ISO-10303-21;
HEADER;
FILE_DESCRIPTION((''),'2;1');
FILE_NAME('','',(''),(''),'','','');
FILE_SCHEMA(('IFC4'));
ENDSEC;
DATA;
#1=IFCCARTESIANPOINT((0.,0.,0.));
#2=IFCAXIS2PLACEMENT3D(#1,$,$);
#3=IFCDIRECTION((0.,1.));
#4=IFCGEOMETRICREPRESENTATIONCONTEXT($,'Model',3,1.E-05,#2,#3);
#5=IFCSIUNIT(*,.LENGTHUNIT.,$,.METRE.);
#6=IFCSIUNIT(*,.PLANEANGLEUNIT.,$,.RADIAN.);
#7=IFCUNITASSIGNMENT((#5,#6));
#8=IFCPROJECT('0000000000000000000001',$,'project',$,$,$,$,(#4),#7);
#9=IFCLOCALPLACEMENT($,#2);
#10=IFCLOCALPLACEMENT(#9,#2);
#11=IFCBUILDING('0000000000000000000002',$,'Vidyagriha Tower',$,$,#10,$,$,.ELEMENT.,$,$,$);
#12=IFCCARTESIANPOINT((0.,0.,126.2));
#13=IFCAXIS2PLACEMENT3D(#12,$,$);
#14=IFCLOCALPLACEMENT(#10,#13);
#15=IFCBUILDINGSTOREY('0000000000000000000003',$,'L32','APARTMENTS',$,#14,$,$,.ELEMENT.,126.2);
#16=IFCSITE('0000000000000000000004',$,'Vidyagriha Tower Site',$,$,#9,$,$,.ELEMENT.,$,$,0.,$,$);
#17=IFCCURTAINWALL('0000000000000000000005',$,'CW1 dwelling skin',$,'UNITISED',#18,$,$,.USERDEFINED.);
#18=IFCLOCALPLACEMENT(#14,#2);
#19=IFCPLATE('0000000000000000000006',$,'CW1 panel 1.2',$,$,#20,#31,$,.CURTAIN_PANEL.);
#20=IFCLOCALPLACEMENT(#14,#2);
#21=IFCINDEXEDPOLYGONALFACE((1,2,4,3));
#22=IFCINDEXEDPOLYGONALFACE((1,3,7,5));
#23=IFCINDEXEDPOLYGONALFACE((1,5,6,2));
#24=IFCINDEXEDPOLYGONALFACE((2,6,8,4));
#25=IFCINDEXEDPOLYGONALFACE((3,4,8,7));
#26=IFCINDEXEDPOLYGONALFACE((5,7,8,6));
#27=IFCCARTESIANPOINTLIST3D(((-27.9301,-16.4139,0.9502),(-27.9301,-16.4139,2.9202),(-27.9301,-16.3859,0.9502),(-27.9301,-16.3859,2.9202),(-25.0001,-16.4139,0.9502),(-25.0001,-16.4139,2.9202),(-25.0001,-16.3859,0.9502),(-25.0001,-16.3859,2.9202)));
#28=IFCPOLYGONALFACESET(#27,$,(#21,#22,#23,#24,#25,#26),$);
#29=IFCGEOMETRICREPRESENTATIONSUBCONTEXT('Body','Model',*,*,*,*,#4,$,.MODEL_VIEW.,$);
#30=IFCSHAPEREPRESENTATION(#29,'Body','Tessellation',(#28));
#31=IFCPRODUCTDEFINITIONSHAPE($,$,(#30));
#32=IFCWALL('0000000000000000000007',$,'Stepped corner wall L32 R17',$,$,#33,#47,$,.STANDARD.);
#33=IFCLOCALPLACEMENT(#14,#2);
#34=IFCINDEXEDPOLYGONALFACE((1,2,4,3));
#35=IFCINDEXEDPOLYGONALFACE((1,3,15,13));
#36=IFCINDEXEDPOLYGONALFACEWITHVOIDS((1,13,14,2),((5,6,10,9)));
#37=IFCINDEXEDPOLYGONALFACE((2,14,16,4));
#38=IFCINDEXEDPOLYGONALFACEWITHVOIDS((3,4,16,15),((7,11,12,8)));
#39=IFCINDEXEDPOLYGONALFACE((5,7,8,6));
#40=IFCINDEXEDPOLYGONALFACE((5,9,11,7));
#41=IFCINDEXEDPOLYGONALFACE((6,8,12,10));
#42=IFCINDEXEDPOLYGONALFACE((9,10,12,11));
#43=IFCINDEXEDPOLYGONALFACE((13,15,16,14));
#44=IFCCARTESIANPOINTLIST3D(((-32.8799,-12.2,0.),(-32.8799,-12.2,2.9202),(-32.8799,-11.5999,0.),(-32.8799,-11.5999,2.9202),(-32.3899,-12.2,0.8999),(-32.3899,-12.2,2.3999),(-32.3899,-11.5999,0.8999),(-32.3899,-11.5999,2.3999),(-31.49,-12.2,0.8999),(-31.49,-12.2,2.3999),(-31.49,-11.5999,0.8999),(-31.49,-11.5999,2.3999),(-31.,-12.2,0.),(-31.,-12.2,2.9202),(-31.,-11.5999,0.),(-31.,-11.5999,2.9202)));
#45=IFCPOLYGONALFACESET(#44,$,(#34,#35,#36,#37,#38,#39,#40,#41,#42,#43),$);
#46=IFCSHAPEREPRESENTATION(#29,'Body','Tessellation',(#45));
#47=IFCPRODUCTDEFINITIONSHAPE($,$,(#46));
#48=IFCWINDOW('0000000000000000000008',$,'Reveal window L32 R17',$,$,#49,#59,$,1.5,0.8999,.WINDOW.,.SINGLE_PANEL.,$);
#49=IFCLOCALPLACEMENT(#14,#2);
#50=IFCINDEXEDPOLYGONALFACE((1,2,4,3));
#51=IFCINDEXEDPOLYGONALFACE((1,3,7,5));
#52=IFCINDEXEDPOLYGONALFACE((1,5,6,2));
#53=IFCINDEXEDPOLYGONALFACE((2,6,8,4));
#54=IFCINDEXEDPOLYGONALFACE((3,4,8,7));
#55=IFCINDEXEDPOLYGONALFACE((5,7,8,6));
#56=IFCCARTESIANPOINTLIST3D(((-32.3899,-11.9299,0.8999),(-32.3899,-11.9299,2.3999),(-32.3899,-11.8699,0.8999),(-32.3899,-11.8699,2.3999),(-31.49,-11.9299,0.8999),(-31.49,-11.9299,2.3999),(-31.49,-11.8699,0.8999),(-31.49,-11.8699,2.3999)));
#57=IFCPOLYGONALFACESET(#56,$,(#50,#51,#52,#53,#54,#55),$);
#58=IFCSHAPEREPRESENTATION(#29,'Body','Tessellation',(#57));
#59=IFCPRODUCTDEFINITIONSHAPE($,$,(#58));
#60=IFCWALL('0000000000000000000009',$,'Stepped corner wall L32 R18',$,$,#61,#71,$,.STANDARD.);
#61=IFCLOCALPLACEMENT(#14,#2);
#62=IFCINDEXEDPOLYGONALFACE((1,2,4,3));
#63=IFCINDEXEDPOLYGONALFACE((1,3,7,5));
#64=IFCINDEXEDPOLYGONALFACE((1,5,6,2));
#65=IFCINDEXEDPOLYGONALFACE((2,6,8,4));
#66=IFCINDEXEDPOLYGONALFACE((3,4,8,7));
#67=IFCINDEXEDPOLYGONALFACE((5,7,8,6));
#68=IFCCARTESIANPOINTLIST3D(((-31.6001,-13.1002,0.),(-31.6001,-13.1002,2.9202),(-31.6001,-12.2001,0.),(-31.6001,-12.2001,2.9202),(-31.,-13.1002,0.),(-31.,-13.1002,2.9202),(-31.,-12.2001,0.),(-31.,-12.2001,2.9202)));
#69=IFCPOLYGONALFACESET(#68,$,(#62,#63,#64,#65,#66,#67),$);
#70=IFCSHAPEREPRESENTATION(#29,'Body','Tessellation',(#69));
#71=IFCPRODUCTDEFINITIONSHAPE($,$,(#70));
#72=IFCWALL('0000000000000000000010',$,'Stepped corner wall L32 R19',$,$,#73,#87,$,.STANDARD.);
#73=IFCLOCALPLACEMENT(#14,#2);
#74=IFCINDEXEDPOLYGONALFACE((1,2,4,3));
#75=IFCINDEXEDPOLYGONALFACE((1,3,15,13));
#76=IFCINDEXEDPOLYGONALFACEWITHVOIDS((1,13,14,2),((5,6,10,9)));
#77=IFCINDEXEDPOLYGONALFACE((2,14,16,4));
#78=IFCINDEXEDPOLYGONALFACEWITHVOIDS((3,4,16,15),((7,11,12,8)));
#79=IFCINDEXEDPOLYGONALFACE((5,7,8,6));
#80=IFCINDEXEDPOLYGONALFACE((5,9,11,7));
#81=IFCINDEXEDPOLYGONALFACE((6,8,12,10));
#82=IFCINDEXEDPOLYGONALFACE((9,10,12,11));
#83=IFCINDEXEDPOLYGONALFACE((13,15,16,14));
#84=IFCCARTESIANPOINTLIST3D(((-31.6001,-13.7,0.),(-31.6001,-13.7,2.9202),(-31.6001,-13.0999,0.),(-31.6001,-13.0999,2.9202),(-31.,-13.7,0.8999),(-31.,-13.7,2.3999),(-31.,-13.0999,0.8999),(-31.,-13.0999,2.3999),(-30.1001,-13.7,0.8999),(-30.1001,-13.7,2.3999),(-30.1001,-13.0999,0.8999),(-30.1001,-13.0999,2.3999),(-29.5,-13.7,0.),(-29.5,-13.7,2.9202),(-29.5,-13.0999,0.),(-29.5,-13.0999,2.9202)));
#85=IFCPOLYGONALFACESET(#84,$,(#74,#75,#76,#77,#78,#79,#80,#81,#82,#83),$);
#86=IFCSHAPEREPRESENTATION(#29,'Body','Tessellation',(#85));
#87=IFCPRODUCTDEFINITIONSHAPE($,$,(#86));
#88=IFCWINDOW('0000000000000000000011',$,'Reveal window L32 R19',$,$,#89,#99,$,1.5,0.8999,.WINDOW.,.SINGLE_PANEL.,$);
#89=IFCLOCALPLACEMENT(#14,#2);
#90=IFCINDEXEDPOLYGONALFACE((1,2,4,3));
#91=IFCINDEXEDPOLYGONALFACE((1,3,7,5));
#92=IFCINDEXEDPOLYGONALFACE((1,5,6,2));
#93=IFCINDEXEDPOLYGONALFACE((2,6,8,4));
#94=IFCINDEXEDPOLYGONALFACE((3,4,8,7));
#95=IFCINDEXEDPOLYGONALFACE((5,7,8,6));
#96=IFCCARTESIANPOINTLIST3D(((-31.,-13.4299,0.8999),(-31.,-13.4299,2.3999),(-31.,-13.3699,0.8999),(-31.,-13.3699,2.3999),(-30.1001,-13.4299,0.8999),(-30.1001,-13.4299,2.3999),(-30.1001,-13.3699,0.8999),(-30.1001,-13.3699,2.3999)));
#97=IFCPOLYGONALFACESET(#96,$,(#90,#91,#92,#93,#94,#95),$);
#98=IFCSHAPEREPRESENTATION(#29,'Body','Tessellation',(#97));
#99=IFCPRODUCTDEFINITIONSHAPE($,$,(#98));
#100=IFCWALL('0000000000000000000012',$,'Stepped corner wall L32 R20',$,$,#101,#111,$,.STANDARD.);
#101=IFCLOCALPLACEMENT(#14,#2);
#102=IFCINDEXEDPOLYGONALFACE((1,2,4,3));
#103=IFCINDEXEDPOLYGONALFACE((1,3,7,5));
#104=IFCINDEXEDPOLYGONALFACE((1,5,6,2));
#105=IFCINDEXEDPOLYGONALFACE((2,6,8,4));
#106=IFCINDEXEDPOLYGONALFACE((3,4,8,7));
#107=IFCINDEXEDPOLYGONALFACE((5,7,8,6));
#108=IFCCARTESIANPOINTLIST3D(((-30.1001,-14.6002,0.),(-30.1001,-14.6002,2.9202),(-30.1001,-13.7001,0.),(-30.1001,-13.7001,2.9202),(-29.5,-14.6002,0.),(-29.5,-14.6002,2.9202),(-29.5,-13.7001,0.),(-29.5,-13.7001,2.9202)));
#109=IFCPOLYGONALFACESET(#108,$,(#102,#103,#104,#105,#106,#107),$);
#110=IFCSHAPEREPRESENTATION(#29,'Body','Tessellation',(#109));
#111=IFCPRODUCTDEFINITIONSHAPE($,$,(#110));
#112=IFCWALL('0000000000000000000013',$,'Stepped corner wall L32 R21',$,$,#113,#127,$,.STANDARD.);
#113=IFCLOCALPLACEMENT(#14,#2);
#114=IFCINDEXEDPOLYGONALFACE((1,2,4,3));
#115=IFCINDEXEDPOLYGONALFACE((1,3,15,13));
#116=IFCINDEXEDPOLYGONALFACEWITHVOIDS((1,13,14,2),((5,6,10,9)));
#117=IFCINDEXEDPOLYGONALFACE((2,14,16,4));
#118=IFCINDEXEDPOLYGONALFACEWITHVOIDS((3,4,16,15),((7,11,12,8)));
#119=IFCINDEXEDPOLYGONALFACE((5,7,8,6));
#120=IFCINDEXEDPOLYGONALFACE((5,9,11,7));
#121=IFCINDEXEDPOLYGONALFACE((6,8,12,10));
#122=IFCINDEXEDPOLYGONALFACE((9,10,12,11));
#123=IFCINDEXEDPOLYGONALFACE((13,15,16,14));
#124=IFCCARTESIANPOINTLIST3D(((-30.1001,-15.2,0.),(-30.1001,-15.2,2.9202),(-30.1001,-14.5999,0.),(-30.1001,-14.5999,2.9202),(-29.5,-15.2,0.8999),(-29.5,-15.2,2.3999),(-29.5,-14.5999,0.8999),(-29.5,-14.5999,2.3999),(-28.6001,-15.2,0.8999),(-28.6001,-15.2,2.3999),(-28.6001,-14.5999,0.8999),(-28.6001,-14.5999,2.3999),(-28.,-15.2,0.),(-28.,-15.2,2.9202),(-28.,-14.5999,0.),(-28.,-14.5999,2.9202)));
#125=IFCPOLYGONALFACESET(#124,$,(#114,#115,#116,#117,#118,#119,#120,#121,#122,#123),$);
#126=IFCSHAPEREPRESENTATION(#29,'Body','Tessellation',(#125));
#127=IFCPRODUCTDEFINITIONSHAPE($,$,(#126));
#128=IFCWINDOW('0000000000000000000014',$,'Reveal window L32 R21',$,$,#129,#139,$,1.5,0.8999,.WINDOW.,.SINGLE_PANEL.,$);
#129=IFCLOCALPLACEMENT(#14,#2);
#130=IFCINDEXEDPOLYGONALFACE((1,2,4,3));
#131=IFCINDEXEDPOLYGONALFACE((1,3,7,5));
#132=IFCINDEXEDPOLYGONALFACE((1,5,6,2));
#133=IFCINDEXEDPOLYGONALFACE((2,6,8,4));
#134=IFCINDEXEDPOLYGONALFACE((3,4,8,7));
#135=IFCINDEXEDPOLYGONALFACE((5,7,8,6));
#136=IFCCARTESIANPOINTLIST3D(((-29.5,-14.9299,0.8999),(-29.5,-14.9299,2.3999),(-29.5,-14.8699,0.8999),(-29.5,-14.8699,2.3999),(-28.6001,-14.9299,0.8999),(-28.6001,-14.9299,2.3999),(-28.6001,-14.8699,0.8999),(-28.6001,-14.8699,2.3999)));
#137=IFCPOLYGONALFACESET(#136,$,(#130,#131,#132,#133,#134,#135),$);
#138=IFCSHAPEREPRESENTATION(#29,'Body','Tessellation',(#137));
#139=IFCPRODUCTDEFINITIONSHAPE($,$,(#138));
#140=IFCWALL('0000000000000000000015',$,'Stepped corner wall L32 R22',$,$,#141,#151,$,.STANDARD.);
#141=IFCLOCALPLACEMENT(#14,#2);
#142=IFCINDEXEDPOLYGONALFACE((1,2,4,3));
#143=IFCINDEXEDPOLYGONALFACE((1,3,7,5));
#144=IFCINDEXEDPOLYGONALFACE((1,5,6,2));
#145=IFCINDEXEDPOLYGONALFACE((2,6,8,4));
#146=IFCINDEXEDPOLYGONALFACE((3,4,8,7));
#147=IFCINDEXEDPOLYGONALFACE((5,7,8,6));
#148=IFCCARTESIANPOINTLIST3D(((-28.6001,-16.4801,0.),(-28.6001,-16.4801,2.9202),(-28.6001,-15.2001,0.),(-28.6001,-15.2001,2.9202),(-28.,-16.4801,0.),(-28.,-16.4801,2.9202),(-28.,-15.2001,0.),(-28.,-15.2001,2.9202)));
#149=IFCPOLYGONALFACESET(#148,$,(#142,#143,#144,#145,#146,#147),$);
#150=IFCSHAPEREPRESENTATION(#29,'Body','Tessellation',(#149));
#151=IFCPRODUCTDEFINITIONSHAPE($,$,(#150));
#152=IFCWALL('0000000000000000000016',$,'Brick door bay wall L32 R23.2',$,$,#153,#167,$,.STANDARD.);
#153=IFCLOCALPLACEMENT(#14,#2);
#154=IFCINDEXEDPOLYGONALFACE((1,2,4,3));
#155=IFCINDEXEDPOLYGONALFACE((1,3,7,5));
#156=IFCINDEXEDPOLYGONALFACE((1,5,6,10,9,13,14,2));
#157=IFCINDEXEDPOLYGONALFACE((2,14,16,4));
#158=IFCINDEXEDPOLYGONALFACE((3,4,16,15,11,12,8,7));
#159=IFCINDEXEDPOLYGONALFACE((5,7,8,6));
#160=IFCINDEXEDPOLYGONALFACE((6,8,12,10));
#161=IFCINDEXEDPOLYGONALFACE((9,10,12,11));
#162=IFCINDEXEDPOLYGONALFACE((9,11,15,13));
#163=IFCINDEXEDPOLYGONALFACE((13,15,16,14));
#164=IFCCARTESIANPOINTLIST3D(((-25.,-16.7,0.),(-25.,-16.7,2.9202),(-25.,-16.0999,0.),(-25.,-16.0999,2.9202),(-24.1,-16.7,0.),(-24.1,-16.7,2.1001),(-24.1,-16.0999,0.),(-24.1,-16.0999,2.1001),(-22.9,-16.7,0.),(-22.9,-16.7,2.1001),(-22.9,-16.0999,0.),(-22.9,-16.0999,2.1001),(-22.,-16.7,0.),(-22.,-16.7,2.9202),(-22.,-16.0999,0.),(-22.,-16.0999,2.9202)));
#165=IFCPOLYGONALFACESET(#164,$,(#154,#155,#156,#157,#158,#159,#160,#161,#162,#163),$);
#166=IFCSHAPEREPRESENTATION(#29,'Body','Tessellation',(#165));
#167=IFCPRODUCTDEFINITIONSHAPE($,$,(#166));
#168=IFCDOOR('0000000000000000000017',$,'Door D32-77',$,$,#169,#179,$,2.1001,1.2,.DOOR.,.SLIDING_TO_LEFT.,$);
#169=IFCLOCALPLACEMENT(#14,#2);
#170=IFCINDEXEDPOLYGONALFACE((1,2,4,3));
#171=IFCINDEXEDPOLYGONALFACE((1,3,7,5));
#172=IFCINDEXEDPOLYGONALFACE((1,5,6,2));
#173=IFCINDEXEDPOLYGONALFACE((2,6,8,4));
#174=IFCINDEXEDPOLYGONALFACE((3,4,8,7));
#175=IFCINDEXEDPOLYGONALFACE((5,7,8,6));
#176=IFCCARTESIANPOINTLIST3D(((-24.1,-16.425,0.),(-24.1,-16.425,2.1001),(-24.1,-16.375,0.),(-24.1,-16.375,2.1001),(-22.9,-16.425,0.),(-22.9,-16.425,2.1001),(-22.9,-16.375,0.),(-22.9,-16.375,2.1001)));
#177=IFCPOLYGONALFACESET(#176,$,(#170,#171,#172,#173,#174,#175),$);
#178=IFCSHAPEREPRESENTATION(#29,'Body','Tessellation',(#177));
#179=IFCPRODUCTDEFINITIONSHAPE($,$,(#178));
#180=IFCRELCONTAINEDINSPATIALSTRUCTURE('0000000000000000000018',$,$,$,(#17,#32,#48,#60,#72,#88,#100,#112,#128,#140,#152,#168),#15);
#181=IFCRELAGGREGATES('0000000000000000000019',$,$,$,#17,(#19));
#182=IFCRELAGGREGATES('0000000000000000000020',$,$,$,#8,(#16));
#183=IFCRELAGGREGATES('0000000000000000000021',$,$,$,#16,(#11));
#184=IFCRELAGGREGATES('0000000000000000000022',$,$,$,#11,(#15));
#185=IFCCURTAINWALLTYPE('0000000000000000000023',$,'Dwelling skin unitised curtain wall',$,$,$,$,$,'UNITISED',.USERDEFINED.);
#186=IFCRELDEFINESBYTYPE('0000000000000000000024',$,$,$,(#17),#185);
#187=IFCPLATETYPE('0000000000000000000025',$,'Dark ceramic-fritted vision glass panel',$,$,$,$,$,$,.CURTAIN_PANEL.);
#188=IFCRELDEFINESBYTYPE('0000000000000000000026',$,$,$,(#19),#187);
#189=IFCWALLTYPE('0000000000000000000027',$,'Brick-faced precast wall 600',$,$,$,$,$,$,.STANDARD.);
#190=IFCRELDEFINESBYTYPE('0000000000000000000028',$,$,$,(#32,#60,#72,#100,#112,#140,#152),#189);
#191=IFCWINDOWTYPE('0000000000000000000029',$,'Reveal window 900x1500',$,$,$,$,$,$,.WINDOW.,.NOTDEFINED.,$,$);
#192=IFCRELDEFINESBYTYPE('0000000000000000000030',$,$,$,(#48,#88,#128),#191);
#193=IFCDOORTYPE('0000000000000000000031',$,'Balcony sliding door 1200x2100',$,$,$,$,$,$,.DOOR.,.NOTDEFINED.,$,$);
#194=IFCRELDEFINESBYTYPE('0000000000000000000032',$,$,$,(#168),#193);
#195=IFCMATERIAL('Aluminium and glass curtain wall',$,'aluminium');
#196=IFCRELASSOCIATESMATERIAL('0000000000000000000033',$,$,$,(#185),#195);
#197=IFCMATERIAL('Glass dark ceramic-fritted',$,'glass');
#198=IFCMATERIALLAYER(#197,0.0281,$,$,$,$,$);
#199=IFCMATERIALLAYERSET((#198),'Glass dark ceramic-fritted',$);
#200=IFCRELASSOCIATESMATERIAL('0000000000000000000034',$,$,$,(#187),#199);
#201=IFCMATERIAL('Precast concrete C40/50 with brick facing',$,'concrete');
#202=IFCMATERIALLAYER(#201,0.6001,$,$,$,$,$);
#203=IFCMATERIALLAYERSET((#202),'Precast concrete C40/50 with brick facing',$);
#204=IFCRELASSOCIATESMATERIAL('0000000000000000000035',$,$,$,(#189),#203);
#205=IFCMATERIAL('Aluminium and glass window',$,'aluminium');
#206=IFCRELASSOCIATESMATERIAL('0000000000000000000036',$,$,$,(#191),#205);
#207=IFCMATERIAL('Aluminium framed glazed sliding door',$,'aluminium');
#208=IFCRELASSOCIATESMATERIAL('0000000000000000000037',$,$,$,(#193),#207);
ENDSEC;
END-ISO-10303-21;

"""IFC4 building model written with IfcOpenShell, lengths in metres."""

from ifc_helpers import new_model, si_unit, direction, frame, frame_2d, origin, origin_2d, place, context, subcontext, project, spatial, rectangle, extrude, material, layer, layer_set, type_object, element, fill, aggregate, save


model = new_model("IFC4")

# Units and contexts
model_context = context("Model", 3, precision=1e-05, world=origin(), true_north=direction((0.0, 1.0)))
body_context = subcontext(model_context, "Body", "Model", "MODEL_VIEW")
ifc_project = project(units=[si_unit("LENGTHUNIT", "METRE"), si_unit("PLANEANGLEUNIT", "RADIAN")], contexts=[model_context])

# Site, building, storey
site_placement = place(None, origin())
site = spatial("IfcSite", under=ifc_project, at=site_placement, Name="Vidyagriha Tower Site", CompositionType="ELEMENT", RefElevation=0.0)
building_placement = place(site_placement, origin())
building = spatial("IfcBuilding", under=site, at=building_placement, Name="Vidyagriha Tower", CompositionType="ELEMENT")
storey_placement = place(building_placement, frame((0.0, 0.0, 126.2)))
storey = spatial("IfcBuildingStorey", under=building, at=storey_placement, Name="L32", Description="APARTMENTS", CompositionType="ELEMENT", Elevation=126.2)

# Shared definitions
ifc_material_1 = material(Name="Aluminium and glass curtain wall", Category="aluminium")
curtain_wall_type = type_object("IfcCurtainWallType", Name="Dwelling skin unitised curtain wall", ElementType="UNITISED", PredefinedType="USERDEFINED", material=ifc_material_1)

# Curtain wall
curtain_wall_1_placement = place(storey_placement, origin())
curtain_wall_1 = element("IfcCurtainWall", 1, at=curtain_wall_1_placement, inside=storey, type_object=curtain_wall_type, Name="CW1 dwelling skin", ObjectType="UNITISED", PredefinedType="USERDEFINED")

# Plate
ifc_material_2 = material(Name="Glass dark ceramic-fritted", Category="glass")
ifc_layer_1 = layer(ifc_material_2, 0.0281)
ifc_layer_set_1 = layer_set([ifc_layer_1], Name="Glass dark ceramic-fritted")
plate_type_1 = type_object("IfcPlateType", Name="Dark ceramic-fritted vision glass panel", PredefinedType="CURTAIN_PANEL", material=ifc_layer_set_1)
plate_1_placement = place(storey_placement, frame((-26.4651, -16.3999, 0.9502)))
plate_1 = element("IfcPlate", 2, at=plate_1_placement, type_object=plate_type_1, Name="CW1 panel 1.2", PredefinedType="CURTAIN_PANEL", context=body_context, shape_type="SweptSolid", body=[
    extrude(rectangle(XDim=2.9299, YDim=0.0281, at=origin_2d()), origin(), (0.0, 0.0, 1.0), 1.97),
])
aggregate(curtain_wall_1, [plate_1])

# Wall, opening, window
ifc_material_3 = material(Name="Precast concrete C40/50 with brick facing", Category="concrete")
ifc_layer_2 = layer(ifc_material_3, 0.6001)
ifc_layer_set_2 = layer_set([ifc_layer_2], Name="Precast concrete C40/50 with brick facing")
wall_type = type_object("IfcWallType", Name="Brick-faced precast wall 600", PredefinedType="STANDARD", material=ifc_layer_set_2)
wall_1_placement = place(storey_placement, frame((-32.8799, -11.8999, 0.0)))
wall_1 = element("IfcWall", 3, at=wall_1_placement, inside=storey, type_object=wall_type, Name="Stepped corner wall L32 R17", PredefinedType="STANDARD", context=body_context, shape_type="SweptSolid", body=[
    extrude(rectangle(XDim=1.8799, YDim=0.6001, at=frame_2d((0.9399, 0.0))), origin(), (0.0, 0.0, 1.0), 2.9202),
])
opening_1_placement = place(wall_1_placement, frame((0.49, 0.0, 0.8999)))
opening_1 = element("IfcOpeningElement", 4, at=opening_1_placement, cuts=wall_1, PredefinedType="OPENING", context=body_context, shape_type="SweptSolid", body=[
    extrude(rectangle(XDim=0.8999, YDim=1.5, at=frame_2d((0.45, 0.75))), frame((0.0, 0.3101, 0.0), z_axis=(0.0, -1.0, 0.0), x_axis=(1.0, 0.0, 0.0)), (0.0, 0.0, 1.0), 0.6201),
])
ifc_material_4 = material(Name="Aluminium and glass window", Category="aluminium")
window_type = type_object("IfcWindowType", Name="Reveal window 900x1500", PartitioningType="NOTDEFINED", PredefinedType="WINDOW", material=ifc_material_4)
window_1_placement = place(opening_1_placement, origin())
window_1 = element("IfcWindow", 5, at=window_1_placement, inside=storey, type_object=window_type, Name="Reveal window L32 R17", OverallHeight=1.5, OverallWidth=0.8999, PartitioningType="SINGLE_PANEL", PredefinedType="WINDOW", context=body_context, shape_type="SweptSolid", body=[
    extrude(rectangle(XDim=0.8999, YDim=1.5, at=frame_2d((0.45, 0.75))), frame((0.0, 0.03, 0.0), z_axis=(0.0, -1.0, 0.0), x_axis=(1.0, 0.0, 0.0)), (0.0, 0.0, 1.0), 0.0601),
])
fill(opening_1, window_1)

# Wall
wall_2_placement = place(storey_placement, frame((-31.3, -12.2, 0.0), z_axis=(0.0, 0.0, 1.0), x_axis=(0.0, -1.0, 0.0)))
element("IfcWall", 6, at=wall_2_placement, inside=storey, type_object=wall_type, Name="Stepped corner wall L32 R18", PredefinedType="STANDARD", context=body_context, shape_type="SweptSolid", body=[
    extrude(rectangle(XDim=0.9001, YDim=0.6001, at=frame_2d((0.4502, 0.0))), origin(), (0.0, 0.0, 1.0), 2.9202),
])

# Wall, opening, window
wall_3_placement = place(storey_placement, frame((-31.6001, -13.3999, 0.0)))
wall_3 = element("IfcWall", 7, at=wall_3_placement, inside=storey, type_object=wall_type, Name="Stepped corner wall L32 R19", PredefinedType="STANDARD", context=body_context, shape_type="SweptSolid", body=[
    extrude(rectangle(XDim=2.1001, YDim=0.6001, at=frame_2d((1.05, 0.0))), origin(), (0.0, 0.0, 1.0), 2.9202),
])
opening_2_placement = place(wall_3_placement, frame((0.6001, 0.0, 0.8999)))
opening_2 = element("IfcOpeningElement", 8, at=opening_2_placement, cuts=wall_3, PredefinedType="OPENING", context=body_context, shape_type="SweptSolid", body=[
    extrude(rectangle(XDim=0.8999, YDim=1.5, at=frame_2d((0.45, 0.75))), frame((0.0, 0.3101, 0.0), z_axis=(0.0, -1.0, 0.0), x_axis=(1.0, 0.0, 0.0)), (0.0, 0.0, 1.0), 0.6201),
])
window_2_placement = place(opening_2_placement, origin())
window_2 = element("IfcWindow", 9, at=window_2_placement, inside=storey, type_object=window_type, Name="Reveal window L32 R19", OverallHeight=1.5, OverallWidth=0.8999, PartitioningType="SINGLE_PANEL", PredefinedType="WINDOW", context=body_context, shape_type="SweptSolid", body=[
    extrude(rectangle(XDim=0.8999, YDim=1.5, at=frame_2d((0.45, 0.75))), frame((0.0, 0.03, 0.0), z_axis=(0.0, -1.0, 0.0), x_axis=(1.0, 0.0, 0.0)), (0.0, 0.0, 1.0), 0.0601),
])
fill(opening_2, window_2)

# Wall
wall_4_placement = place(storey_placement, frame((-29.8, -13.7, 0.0), z_axis=(0.0, 0.0, 1.0), x_axis=(0.0, -1.0, 0.0)))
element("IfcWall", 10, at=wall_4_placement, inside=storey, type_object=wall_type, Name="Stepped corner wall L32 R20", PredefinedType="STANDARD", context=body_context, shape_type="SweptSolid", body=[
    extrude(rectangle(XDim=0.9001, YDim=0.6001, at=frame_2d((0.4502, 0.0))), origin(), (0.0, 0.0, 1.0), 2.9202),
])

# Wall, opening, window
wall_5_placement = place(storey_placement, frame((-30.1001, -14.8999, 0.0)))
wall_5 = element("IfcWall", 11, at=wall_5_placement, inside=storey, type_object=wall_type, Name="Stepped corner wall L32 R21", PredefinedType="STANDARD", context=body_context, shape_type="SweptSolid", body=[
    extrude(rectangle(XDim=2.1001, YDim=0.6001, at=frame_2d((1.05, 0.0))), origin(), (0.0, 0.0, 1.0), 2.9202),
])
opening_3_placement = place(wall_5_placement, frame((0.6001, 0.0, 0.8999)))
opening_3 = element("IfcOpeningElement", 12, at=opening_3_placement, cuts=wall_5, PredefinedType="OPENING", context=body_context, shape_type="SweptSolid", body=[
    extrude(rectangle(XDim=0.8999, YDim=1.5, at=frame_2d((0.45, 0.75))), frame((0.0, 0.3101, 0.0), z_axis=(0.0, -1.0, 0.0), x_axis=(1.0, 0.0, 0.0)), (0.0, 0.0, 1.0), 0.6201),
])
window_3_placement = place(opening_3_placement, origin())
window_3 = element("IfcWindow", 13, at=window_3_placement, inside=storey, type_object=window_type, Name="Reveal window L32 R21", OverallHeight=1.5, OverallWidth=0.8999, PartitioningType="SINGLE_PANEL", PredefinedType="WINDOW", context=body_context, shape_type="SweptSolid", body=[
    extrude(rectangle(XDim=0.8999, YDim=1.5, at=frame_2d((0.45, 0.75))), frame((0.0, 0.03, 0.0), z_axis=(0.0, -1.0, 0.0), x_axis=(1.0, 0.0, 0.0)), (0.0, 0.0, 1.0), 0.0601),
])
fill(opening_3, window_3)

# Wall
wall_6_placement = place(storey_placement, frame((-28.3, -15.2, 0.0), z_axis=(0.0, 0.0, 1.0), x_axis=(0.0, -1.0, 0.0)))
element("IfcWall", 14, at=wall_6_placement, inside=storey, type_object=wall_type, Name="Stepped corner wall L32 R22", PredefinedType="STANDARD", context=body_context, shape_type="SweptSolid", body=[
    extrude(rectangle(XDim=1.28, YDim=0.6001, at=frame_2d((0.6401, 0.0))), origin(), (0.0, 0.0, 1.0), 2.9202),
])

# Wall, opening, door
wall_7_placement = place(storey_placement, frame((-25.0, -16.3999, 0.0)))
wall_7 = element("IfcWall", 15, at=wall_7_placement, inside=storey, type_object=wall_type, Name="Brick door bay wall L32 R23.2", PredefinedType="STANDARD", context=body_context, shape_type="SweptSolid", body=[
    extrude(rectangle(XDim=3.0, YDim=0.6001, at=frame_2d((1.5, 0.0))), origin(), (0.0, 0.0, 1.0), 2.9202),
])
opening_4_placement = place(wall_7_placement, frame((0.8999, 0.0, 0.0)))
opening_4 = element("IfcOpeningElement", 16, at=opening_4_placement, cuts=wall_7, PredefinedType="OPENING", context=body_context, shape_type="SweptSolid", body=[
    extrude(rectangle(XDim=1.2, YDim=2.1001, at=frame_2d((0.6001, 1.05))), frame((0.0, 0.3101, 0.0), z_axis=(0.0, -1.0, 0.0), x_axis=(1.0, 0.0, 0.0)), (0.0, 0.0, 1.0), 0.6201),
])
ifc_material_5 = material(Name="Aluminium framed glazed sliding door", Category="aluminium")
door_type = type_object("IfcDoorType", Name="Balcony sliding door 1200x2100", OperationType="NOTDEFINED", PredefinedType="DOOR", material=ifc_material_5)
door_placement = place(opening_4_placement, origin())
door = element("IfcDoor", 17, at=door_placement, inside=storey, type_object=door_type, Name="Door D32-77", OperationType="SLIDING_TO_LEFT", OverallHeight=2.1001, OverallWidth=1.2, PredefinedType="DOOR", context=body_context, shape_type="SweptSolid", body=[
    extrude(rectangle(XDim=1.2, YDim=2.1001, at=frame_2d((0.6001, 1.05))), frame((0.0, 0.0249, 0.0), z_axis=(0.0, -1.0, 0.0), x_axis=(1.0, 0.0, 0.0)), (0.0, 0.0, 1.0), 0.05),
])
fill(opening_4, door)

save(model, "model.ifc")
